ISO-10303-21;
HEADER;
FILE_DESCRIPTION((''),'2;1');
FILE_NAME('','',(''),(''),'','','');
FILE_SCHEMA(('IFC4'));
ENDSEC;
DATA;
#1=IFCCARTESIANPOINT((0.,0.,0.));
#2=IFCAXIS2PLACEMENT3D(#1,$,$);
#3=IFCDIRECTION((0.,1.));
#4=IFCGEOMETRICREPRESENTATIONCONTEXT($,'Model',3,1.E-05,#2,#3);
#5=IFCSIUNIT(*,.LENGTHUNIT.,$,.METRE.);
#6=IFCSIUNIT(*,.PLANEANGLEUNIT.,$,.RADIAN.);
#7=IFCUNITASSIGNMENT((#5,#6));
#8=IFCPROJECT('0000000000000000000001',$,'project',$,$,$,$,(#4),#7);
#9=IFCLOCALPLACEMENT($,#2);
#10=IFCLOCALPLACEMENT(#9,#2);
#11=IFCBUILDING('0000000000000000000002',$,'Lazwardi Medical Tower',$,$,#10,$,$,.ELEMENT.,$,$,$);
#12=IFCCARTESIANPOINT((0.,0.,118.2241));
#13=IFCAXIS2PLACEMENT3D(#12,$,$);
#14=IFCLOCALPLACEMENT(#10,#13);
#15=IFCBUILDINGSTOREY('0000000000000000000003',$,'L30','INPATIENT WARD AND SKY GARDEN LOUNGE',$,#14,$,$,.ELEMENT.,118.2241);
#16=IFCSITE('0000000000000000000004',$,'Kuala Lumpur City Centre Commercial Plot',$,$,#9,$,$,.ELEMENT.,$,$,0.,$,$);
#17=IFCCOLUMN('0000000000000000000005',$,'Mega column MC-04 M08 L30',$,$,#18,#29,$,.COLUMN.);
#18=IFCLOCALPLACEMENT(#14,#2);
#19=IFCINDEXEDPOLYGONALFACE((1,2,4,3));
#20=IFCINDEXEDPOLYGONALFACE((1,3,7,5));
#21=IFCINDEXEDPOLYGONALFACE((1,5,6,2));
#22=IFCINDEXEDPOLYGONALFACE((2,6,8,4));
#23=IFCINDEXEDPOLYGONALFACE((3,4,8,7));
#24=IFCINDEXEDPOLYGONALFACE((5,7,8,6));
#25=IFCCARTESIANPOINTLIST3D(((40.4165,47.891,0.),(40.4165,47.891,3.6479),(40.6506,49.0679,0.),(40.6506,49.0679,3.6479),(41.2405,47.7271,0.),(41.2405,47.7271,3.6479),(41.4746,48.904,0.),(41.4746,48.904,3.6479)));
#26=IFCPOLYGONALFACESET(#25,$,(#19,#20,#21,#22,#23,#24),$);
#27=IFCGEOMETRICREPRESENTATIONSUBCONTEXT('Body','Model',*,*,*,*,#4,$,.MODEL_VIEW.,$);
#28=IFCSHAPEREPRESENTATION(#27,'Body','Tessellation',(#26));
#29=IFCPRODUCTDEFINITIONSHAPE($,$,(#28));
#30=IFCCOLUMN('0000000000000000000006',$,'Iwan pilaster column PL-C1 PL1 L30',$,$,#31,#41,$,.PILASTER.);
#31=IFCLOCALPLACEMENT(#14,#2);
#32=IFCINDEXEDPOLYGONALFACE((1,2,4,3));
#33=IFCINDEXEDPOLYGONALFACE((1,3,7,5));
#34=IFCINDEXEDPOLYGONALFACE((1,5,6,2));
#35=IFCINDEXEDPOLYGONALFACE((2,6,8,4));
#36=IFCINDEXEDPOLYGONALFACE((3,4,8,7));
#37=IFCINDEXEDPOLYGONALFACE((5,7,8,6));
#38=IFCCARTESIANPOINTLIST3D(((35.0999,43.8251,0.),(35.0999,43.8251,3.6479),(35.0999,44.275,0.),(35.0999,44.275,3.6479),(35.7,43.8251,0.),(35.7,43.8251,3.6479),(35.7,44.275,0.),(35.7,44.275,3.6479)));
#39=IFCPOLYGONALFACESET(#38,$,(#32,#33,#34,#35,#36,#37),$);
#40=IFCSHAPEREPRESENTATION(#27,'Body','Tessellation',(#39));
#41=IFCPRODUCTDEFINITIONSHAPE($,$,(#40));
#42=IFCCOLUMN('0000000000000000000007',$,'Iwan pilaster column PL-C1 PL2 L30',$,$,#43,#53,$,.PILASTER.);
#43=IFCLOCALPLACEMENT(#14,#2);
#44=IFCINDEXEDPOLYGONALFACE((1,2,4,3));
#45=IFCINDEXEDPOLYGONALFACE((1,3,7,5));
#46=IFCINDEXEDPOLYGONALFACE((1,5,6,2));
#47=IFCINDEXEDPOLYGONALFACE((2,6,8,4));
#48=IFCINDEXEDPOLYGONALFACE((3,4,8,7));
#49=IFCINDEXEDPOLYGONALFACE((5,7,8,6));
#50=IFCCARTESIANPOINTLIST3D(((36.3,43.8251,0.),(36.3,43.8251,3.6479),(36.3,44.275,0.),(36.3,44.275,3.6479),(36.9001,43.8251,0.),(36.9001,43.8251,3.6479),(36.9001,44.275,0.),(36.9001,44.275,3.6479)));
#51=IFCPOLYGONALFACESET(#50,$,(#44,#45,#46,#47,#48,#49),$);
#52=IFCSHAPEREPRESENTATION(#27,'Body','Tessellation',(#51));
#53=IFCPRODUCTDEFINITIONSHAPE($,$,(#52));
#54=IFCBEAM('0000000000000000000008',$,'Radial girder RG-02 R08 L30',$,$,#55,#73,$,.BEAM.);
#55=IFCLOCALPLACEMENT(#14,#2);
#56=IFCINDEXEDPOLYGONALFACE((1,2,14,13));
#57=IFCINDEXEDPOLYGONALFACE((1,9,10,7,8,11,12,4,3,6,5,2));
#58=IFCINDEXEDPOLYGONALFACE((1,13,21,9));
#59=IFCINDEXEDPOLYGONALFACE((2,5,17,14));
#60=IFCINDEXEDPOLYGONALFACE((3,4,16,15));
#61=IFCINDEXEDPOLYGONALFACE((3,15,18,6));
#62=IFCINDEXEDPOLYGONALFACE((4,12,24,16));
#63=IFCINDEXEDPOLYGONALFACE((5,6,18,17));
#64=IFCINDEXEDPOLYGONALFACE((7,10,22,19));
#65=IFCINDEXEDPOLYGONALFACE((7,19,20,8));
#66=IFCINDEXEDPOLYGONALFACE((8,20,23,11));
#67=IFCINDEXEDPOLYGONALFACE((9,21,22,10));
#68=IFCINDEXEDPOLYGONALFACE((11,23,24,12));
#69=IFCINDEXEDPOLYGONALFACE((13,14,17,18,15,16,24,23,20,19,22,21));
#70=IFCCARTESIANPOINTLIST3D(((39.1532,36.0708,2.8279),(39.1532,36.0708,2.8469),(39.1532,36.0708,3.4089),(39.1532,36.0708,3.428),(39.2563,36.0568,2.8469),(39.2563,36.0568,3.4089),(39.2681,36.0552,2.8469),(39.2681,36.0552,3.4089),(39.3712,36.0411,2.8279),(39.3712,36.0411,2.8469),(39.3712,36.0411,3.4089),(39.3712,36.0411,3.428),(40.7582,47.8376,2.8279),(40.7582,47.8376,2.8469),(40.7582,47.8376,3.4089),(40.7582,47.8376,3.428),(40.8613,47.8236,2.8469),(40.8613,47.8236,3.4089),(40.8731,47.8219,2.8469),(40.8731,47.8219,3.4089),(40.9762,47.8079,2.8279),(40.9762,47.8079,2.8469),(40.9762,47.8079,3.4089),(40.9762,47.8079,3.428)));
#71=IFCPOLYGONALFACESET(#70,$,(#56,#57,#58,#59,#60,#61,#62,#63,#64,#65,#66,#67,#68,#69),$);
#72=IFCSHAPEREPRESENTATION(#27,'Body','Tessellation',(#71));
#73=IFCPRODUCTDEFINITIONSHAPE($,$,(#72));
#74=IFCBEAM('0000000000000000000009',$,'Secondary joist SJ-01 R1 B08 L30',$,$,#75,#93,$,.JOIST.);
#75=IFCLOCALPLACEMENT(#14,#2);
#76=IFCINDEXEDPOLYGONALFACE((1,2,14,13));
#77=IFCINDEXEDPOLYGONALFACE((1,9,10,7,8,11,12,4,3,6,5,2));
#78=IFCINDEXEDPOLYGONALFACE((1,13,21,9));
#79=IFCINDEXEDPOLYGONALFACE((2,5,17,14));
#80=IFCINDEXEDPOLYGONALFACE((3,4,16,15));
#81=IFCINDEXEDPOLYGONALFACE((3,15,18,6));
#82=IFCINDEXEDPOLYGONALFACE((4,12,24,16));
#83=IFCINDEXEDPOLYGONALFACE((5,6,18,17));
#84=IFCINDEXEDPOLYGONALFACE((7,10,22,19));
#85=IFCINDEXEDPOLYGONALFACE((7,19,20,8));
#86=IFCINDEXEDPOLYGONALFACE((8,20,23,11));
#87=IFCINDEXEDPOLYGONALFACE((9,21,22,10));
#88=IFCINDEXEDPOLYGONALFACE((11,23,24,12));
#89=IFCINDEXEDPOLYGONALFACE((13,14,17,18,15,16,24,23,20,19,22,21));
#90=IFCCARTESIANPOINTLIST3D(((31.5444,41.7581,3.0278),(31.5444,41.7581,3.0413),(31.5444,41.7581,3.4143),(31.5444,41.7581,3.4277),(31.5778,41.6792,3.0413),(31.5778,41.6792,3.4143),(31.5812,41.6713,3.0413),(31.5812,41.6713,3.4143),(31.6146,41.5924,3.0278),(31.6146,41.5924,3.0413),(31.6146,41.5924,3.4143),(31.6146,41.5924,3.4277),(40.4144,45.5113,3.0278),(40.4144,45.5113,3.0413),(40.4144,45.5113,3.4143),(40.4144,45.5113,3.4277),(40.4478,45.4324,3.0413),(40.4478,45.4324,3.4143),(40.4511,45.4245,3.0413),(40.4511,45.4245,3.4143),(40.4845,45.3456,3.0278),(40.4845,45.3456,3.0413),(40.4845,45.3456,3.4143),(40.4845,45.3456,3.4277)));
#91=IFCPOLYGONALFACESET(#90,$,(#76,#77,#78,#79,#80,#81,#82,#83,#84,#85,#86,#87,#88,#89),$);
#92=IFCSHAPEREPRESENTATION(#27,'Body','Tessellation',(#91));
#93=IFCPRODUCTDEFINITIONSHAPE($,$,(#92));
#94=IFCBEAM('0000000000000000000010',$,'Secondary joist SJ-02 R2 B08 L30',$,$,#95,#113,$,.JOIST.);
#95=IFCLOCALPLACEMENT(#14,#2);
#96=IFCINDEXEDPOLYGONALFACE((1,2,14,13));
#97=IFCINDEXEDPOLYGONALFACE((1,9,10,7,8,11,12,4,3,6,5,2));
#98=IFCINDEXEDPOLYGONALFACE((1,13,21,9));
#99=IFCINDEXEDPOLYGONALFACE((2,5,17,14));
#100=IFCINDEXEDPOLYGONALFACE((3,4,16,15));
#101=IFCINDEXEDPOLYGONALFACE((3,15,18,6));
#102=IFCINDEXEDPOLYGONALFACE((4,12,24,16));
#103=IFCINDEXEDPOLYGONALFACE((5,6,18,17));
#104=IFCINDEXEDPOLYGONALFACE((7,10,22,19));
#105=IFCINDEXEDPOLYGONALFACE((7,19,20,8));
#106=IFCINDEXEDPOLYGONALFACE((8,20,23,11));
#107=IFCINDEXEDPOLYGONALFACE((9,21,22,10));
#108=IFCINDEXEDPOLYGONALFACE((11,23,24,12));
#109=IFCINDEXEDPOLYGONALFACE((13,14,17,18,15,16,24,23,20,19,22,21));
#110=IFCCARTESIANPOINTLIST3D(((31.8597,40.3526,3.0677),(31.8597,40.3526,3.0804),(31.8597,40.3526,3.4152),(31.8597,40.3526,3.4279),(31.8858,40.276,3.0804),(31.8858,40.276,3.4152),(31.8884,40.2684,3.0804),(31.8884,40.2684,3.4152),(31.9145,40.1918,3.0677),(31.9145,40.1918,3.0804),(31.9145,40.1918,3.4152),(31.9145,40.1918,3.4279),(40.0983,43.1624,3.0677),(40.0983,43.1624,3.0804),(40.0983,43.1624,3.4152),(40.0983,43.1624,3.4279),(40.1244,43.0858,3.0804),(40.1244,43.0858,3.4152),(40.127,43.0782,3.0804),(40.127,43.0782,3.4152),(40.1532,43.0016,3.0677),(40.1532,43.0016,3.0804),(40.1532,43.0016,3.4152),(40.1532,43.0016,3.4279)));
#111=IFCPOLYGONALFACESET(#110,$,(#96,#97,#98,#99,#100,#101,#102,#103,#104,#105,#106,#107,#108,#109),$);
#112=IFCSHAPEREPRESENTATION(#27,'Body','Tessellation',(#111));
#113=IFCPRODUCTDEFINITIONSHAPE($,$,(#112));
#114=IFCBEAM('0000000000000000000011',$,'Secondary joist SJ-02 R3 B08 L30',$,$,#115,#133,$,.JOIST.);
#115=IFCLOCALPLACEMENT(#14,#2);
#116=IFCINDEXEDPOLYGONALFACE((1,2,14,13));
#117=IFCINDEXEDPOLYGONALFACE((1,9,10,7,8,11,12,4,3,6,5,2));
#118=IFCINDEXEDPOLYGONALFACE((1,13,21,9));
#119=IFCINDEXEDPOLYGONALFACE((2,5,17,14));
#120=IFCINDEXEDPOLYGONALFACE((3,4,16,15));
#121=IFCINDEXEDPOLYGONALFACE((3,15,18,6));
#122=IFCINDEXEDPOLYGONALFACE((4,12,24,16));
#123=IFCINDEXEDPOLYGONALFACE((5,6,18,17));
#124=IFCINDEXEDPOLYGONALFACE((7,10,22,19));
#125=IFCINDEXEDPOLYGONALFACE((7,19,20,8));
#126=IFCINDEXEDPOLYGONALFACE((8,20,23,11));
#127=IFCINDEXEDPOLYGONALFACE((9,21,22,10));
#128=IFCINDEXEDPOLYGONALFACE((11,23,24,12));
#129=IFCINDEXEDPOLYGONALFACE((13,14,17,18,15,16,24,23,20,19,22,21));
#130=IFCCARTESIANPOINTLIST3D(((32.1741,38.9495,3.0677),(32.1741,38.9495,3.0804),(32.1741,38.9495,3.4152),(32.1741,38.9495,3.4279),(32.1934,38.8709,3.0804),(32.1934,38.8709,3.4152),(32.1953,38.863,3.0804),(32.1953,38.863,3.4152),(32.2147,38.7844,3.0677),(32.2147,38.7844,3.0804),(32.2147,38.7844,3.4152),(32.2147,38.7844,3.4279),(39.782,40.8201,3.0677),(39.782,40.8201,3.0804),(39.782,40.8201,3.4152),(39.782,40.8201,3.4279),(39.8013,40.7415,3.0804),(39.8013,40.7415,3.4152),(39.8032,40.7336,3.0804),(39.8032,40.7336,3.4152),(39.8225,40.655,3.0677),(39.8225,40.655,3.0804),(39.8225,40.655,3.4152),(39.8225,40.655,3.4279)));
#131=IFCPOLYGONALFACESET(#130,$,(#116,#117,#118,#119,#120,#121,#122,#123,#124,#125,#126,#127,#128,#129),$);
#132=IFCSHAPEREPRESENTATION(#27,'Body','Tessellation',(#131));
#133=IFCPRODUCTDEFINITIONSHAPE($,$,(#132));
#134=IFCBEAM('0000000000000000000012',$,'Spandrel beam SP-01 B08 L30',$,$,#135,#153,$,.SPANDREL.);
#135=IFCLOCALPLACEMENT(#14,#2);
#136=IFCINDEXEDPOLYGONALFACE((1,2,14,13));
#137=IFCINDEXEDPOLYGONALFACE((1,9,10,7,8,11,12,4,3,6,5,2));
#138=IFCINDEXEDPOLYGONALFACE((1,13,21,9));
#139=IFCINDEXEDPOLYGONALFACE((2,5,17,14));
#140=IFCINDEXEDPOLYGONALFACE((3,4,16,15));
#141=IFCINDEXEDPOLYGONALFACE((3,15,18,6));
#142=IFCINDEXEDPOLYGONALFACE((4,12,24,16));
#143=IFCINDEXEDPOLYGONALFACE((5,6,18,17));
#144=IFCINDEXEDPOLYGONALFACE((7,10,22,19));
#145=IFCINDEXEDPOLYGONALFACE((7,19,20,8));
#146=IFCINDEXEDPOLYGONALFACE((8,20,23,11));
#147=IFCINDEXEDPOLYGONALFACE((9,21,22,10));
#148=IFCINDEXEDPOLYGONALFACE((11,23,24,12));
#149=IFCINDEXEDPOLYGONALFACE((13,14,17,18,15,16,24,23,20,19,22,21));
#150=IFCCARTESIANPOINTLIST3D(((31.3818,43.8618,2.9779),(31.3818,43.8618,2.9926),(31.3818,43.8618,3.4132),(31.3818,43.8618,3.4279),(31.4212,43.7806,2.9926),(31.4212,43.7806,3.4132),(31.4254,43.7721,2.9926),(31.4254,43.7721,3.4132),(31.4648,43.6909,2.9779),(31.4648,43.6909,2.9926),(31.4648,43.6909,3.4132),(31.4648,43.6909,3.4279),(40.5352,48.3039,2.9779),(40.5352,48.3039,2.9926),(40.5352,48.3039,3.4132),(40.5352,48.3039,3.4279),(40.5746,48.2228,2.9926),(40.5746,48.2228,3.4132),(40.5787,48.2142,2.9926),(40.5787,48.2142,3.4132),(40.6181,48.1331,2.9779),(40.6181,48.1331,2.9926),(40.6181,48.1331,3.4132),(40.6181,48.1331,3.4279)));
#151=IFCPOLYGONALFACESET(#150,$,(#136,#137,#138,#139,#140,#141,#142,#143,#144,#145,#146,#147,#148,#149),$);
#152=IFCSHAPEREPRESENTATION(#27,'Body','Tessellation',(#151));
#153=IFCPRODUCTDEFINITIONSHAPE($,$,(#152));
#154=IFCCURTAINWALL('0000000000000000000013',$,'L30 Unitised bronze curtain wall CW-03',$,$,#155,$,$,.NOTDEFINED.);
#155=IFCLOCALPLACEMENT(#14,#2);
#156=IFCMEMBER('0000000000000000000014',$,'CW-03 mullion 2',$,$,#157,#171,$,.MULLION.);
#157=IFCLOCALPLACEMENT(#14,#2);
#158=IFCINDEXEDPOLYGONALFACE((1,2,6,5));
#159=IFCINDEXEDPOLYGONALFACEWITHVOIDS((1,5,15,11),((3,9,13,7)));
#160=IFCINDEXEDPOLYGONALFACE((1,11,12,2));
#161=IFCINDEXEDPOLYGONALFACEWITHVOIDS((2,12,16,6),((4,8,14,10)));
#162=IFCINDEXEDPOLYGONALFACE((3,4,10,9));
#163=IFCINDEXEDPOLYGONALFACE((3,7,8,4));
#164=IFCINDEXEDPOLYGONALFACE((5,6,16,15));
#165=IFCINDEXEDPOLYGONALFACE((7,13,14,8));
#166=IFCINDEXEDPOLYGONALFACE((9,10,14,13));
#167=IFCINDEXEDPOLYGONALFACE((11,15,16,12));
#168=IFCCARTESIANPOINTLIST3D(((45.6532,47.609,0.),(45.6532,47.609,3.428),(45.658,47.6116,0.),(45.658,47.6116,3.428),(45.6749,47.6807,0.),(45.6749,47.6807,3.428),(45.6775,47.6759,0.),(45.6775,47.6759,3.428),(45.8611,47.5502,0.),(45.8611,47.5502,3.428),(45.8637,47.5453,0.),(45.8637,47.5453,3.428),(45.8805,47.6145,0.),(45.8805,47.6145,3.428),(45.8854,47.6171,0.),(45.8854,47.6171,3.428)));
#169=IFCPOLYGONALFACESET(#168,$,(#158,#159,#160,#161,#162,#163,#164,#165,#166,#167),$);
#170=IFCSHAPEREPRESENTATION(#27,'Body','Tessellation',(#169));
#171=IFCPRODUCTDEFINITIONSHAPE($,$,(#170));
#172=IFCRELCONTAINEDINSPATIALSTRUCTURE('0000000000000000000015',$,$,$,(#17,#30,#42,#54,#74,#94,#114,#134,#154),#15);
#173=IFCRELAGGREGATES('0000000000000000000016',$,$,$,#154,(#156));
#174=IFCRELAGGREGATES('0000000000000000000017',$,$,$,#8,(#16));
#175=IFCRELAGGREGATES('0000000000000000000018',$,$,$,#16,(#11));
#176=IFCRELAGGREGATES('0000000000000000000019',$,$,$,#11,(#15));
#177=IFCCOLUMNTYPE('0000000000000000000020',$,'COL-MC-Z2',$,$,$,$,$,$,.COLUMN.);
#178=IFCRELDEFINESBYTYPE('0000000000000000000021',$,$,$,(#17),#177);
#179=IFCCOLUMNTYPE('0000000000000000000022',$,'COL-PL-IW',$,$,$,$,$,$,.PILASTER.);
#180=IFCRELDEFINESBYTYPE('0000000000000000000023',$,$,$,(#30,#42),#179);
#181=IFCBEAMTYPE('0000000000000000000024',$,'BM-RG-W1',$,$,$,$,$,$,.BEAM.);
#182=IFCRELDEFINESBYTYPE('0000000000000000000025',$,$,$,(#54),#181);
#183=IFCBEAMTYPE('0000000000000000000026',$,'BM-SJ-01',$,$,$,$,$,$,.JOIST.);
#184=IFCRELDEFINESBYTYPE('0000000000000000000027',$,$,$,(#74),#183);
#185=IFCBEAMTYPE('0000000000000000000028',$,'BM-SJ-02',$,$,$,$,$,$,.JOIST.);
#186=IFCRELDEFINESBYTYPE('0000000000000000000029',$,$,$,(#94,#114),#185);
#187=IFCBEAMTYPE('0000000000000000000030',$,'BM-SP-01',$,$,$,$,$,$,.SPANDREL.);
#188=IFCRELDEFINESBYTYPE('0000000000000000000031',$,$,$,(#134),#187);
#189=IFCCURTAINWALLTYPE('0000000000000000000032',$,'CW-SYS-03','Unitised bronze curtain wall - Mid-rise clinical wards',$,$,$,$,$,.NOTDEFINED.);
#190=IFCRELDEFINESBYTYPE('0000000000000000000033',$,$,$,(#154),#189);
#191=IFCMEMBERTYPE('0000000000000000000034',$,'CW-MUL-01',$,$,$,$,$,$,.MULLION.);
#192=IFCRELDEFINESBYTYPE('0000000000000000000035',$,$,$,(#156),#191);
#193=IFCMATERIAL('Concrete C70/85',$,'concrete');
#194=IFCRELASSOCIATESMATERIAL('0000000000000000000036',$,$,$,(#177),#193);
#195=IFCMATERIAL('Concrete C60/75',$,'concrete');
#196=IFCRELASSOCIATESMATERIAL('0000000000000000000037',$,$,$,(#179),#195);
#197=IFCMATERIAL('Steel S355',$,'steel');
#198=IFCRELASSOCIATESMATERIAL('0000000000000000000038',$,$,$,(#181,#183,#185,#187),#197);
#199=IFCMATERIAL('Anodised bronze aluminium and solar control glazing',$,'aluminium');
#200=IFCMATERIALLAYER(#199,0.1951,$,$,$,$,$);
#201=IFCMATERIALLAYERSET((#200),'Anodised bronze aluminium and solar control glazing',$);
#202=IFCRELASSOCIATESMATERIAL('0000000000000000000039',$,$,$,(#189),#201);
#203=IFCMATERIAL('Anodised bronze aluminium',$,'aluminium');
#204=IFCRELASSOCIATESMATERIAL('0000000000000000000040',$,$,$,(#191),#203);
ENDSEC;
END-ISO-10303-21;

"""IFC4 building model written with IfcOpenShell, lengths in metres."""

from ifc_helpers import new_model, si_unit, direction, frame, origin, origin_2d, place, context, subcontext, project, spatial, rectangle, hollow_rectangle, i_section, extrude, material, layer, layer_set, material_profile, profile_set, type_object, element, aggregate, save


model = new_model("IFC4")

# Units and contexts
model_context = context("Model", 3, precision=1e-05, world=origin(), true_north=direction((0.0, 1.0)))
body_context = subcontext(model_context, "Body", "Model", "MODEL_VIEW")
ifc_project = project(units=[si_unit("LENGTHUNIT", "METRE"), si_unit("PLANEANGLEUNIT", "RADIAN")], contexts=[model_context])

# Site, building, storey
site_placement = place(None, origin())
site = spatial("IfcSite", under=ifc_project, at=site_placement, Name="Kuala Lumpur City Centre Commercial Plot", CompositionType="ELEMENT", RefElevation=0.0)
building_placement = place(site_placement, origin())
building = spatial("IfcBuilding", under=site, at=building_placement, Name="Lazwardi Medical Tower", CompositionType="ELEMENT")
storey_placement = place(building_placement, frame((0.0, 0.0, 118.2241)))
storey = spatial("IfcBuildingStorey", under=building, at=storey_placement, Name="L30", Description="INPATIENT WARD AND SKY GARDEN LOUNGE", CompositionType="ELEMENT", Elevation=118.2241)

# Columns
ifc_material_1 = material(Name="Concrete C70/85", Category="concrete")
ifc_material_profile_1 = material_profile(ifc_material_1, rectangle(XDim=1.2, YDim=0.8401, at=origin_2d()), Name="CFT-RECT 1200x840")
ifc_profile_set_1 = profile_set([ifc_material_profile_1], Name="Concrete C70/85")
column_type_1 = type_object("IfcColumnType", Name="COL-MC-Z2", PredefinedType="COLUMN", material=ifc_profile_set_1)
column_placement = place(storey_placement, frame((40.9456, 48.3975, 0.0), z_axis=(0.0, 0.0, 1.0), x_axis=(0.19509, 0.980785, 0.0)))
element("IfcColumn", 1, at=column_placement, inside=storey, type_object=column_type_1, Name="Mega column MC-04 M08 L30", PredefinedType="COLUMN", context=body_context, shape_type="SweptSolid", body=[
    extrude(rectangle(XDim=1.2, YDim=0.8401, at=origin_2d()), origin(), (0.0, 0.0, 1.0), 3.6479),
])
ifc_material_2 = material(Name="Concrete C60/75", Category="concrete")
ifc_material_profile_2 = material_profile(ifc_material_2, rectangle(XDim=0.6001, YDim=0.45, at=origin_2d()), Name="RC 600x450")
ifc_profile_set_2 = profile_set([ifc_material_profile_2], Name="Concrete C60/75")
column_type_2 = type_object("IfcColumnType", Name="COL-PL-IW", PredefinedType="PILASTER", material=ifc_profile_set_2)
for number, where, z_axis, x_axis, name in (
    (2, (35.3999, 44.05, 0.0), (0.0, 0.0, 1.0), (1.0, 0.0, 0.0), "Iwan pilaster column PL-C1 PL1 L30"),
    (3, (36.6001, 44.05, 0.0), (0.0, 0.0, 1.0), (1.0, 0.0, 0.0), "Iwan pilaster column PL-C1 PL2 L30"),
):
    element("IfcColumn", number, at=place(storey_placement, frame(where, z_axis=z_axis, x_axis=x_axis)), inside=storey, type_object=column_type_2, Name=name, PredefinedType="PILASTER", context=body_context, shape_type="SweptSolid", body=[
        extrude(rectangle(XDim=0.6001, YDim=0.45, at=origin_2d()), origin(), (0.0, 0.0, 1.0), 3.6479),
    ])

# Beams
ifc_material_3 = material(Name="Steel S355", Category="steel")
ifc_material_profile_3 = material_profile(ifc_material_3, i_section(OverallWidth=0.22, OverallDepth=0.6001, WebThickness=0.012, FlangeThickness=0.019, at=origin_2d()), Name="IPE 600")
ifc_profile_set_3 = profile_set([ifc_material_profile_3], Name="Steel S355")
beam_type_1 = type_object("IfcBeamType", Name="BM-RG-W1", PredefinedType="BEAM", material=ifc_profile_set_3)
beam_1_placement = place(storey_placement, frame((40.8672, 47.8228, 3.1279), z_axis=(-0.135147, -0.990826, 0.0), x_axis=(0.990826, -0.135147, 0.0)))
element("IfcBeam", 4, at=beam_1_placement, inside=storey, type_object=beam_type_1, Name="Radial girder RG-02 R08 L30", PredefinedType="BEAM", context=body_context, shape_type="SweptSolid", body=[
    extrude(i_section(OverallWidth=0.22, OverallDepth=0.6001, WebThickness=0.012, FlangeThickness=0.019, at=origin_2d()), origin(), (0.0, 0.0, 1.0), 11.8757),
])
ifc_material_profile_4 = material_profile(ifc_material_3, i_section(OverallWidth=0.1799, OverallDepth=0.3999, WebThickness=0.0085, FlangeThickness=0.0134, at=origin_2d()), Name="IPE 400")
ifc_profile_set_4 = profile_set([ifc_material_profile_4], Name="Steel S355")
beam_type_2 = type_object("IfcBeamType", Name="BM-SJ-01", PredefinedType="JOIST", material=ifc_profile_set_4)
beam_2_placement = place(storey_placement, frame((40.4495, 45.4285, 3.2278), z_axis=(-0.920947, -0.389687, 0.0), x_axis=(0.389687, -0.920947, 0.0)))
element("IfcBeam", 5, at=beam_2_placement, inside=storey, type_object=beam_type_2, Name="Secondary joist SJ-01 R1 B08 L30", PredefinedType="JOIST", context=body_context, shape_type="SweptSolid", body=[
    extrude(i_section(OverallWidth=0.1799, OverallDepth=0.3999, WebThickness=0.0085, FlangeThickness=0.0134, at=origin_2d()), origin(), (0.0, 0.0, 1.0), 9.6313),
])
ifc_material_profile_5 = material_profile(ifc_material_3, i_section(OverallWidth=0.1699, OverallDepth=0.3601, WebThickness=0.0081, FlangeThickness=0.0127, at=origin_2d()), Name="IPE 360")
ifc_profile_set_5 = profile_set([ifc_material_profile_5], Name="Steel S355")
beam_type_3 = type_object("IfcBeamType", Name="BM-SJ-02", PredefinedType="JOIST", material=ifc_profile_set_5)
beam_3_placement = place(storey_placement, frame((40.1257, 43.082, 3.2478), z_axis=(-0.946467, -0.3228, 0.0), x_axis=(0.3228, -0.946467, 0.0)))
element("IfcBeam", 6, at=beam_3_placement, inside=storey, type_object=beam_type_3, Name="Secondary joist SJ-02 R2 B08 L30", PredefinedType="JOIST", context=body_context, shape_type="SweptSolid", body=[
    extrude(i_section(OverallWidth=0.1699, OverallDepth=0.3601, WebThickness=0.0081, FlangeThickness=0.0127, at=origin_2d()), origin(), (0.0, 0.0, 1.0), 8.7046),
])
beam_4_placement = place(storey_placement, frame((39.8022, 40.7375, 3.2478), z_axis=(-0.971077, -0.238765, 0.0), x_axis=(0.238765, -0.971077, 0.0)))
element("IfcBeam", 7, at=beam_4_placement, inside=storey, type_object=beam_type_3, Name="Secondary joist SJ-02 R3 B08 L30", PredefinedType="JOIST", context=body_context, shape_type="SweptSolid", body=[
    extrude(i_section(OverallWidth=0.1699, OverallDepth=0.3601, WebThickness=0.0081, FlangeThickness=0.0127, at=origin_2d()), origin(), (0.0, 0.0, 1.0), 7.8345),
])
ifc_material_profile_6 = material_profile(ifc_material_3, i_section(OverallWidth=0.1899, OverallDepth=0.45, WebThickness=0.0095, FlangeThickness=0.0146, at=origin_2d()), Name="IPE 450")
ifc_profile_set_6 = profile_set([ifc_material_profile_6], Name="Steel S355")
beam_type_4 = type_object("IfcBeamType", Name="BM-SP-01", PredefinedType="SPANDREL", material=ifc_profile_set_6)
beam_5_placement = place(storey_placement, frame((40.5767, 48.2185, 3.2029), z_axis=(-0.899653, -0.436605, 0.0), x_axis=(0.436605, -0.899653, 0.0)))
element("IfcBeam", 8, at=beam_5_placement, inside=storey, type_object=beam_type_4, Name="Spandrel beam SP-01 B08 L30", PredefinedType="SPANDREL", context=body_context, shape_type="SweptSolid", body=[
    extrude(i_section(OverallWidth=0.1899, OverallDepth=0.45, WebThickness=0.0095, FlangeThickness=0.0146, at=origin_2d()), origin(), (0.0, 0.0, 1.0), 10.1743),
])

# Curtain wall, member
ifc_material_4 = material(Name="Anodised bronze aluminium and solar control glazing", Category="aluminium")
ifc_layer_1 = layer(ifc_material_4, 0.1951)
ifc_layer_set_1 = layer_set([ifc_layer_1], Name="Anodised bronze aluminium and solar control glazing")
curtain_wall_type = type_object("IfcCurtainWallType", Name="CW-SYS-03", Description="Unitised bronze curtain wall - Mid-rise clinical wards", PredefinedType="NOTDEFINED", material=ifc_layer_set_1)
curtain_wall_placement = place(storey_placement, origin())
curtain_wall = element("IfcCurtainWall", 9, at=curtain_wall_placement, inside=storey, type_object=curtain_wall_type, Name="L30 Unitised bronze curtain wall CW-03", PredefinedType="NOTDEFINED")
ifc_material_5 = material(Name="Anodised bronze aluminium", Category="aluminium")
ifc_material_profile_7 = material_profile(ifc_material_5, hollow_rectangle(XDim=0.075, YDim=0.22, WallThickness=0.0039, at=origin_2d()), Name="ALU-MULLION 220x75x4")
ifc_profile_set_7 = profile_set([ifc_material_profile_7], Name="Anodised bronze aluminium")
member_type_1 = type_object("IfcMemberType", Name="CW-MUL-01", PredefinedType="MULLION", material=ifc_profile_set_7)
member_1_placement = place(storey_placement, frame((45.7693, 47.613, 0.0), z_axis=(0.0, 0.0, 1.0), x_axis=(-0.289374, -0.957216, 0.0)))
member_1 = element("IfcMember", 10, at=member_1_placement, type_object=member_type_1, Name="CW-03 mullion 2", PredefinedType="MULLION", context=body_context, shape_type="SweptSolid", body=[
    extrude(hollow_rectangle(XDim=0.075, YDim=0.22, WallThickness=0.0039, at=origin_2d()), origin(), (0.0, 0.0, 1.0), 3.428),
])
aggregate(curtain_wall, [member_1])

save(model, "model.ifc")
